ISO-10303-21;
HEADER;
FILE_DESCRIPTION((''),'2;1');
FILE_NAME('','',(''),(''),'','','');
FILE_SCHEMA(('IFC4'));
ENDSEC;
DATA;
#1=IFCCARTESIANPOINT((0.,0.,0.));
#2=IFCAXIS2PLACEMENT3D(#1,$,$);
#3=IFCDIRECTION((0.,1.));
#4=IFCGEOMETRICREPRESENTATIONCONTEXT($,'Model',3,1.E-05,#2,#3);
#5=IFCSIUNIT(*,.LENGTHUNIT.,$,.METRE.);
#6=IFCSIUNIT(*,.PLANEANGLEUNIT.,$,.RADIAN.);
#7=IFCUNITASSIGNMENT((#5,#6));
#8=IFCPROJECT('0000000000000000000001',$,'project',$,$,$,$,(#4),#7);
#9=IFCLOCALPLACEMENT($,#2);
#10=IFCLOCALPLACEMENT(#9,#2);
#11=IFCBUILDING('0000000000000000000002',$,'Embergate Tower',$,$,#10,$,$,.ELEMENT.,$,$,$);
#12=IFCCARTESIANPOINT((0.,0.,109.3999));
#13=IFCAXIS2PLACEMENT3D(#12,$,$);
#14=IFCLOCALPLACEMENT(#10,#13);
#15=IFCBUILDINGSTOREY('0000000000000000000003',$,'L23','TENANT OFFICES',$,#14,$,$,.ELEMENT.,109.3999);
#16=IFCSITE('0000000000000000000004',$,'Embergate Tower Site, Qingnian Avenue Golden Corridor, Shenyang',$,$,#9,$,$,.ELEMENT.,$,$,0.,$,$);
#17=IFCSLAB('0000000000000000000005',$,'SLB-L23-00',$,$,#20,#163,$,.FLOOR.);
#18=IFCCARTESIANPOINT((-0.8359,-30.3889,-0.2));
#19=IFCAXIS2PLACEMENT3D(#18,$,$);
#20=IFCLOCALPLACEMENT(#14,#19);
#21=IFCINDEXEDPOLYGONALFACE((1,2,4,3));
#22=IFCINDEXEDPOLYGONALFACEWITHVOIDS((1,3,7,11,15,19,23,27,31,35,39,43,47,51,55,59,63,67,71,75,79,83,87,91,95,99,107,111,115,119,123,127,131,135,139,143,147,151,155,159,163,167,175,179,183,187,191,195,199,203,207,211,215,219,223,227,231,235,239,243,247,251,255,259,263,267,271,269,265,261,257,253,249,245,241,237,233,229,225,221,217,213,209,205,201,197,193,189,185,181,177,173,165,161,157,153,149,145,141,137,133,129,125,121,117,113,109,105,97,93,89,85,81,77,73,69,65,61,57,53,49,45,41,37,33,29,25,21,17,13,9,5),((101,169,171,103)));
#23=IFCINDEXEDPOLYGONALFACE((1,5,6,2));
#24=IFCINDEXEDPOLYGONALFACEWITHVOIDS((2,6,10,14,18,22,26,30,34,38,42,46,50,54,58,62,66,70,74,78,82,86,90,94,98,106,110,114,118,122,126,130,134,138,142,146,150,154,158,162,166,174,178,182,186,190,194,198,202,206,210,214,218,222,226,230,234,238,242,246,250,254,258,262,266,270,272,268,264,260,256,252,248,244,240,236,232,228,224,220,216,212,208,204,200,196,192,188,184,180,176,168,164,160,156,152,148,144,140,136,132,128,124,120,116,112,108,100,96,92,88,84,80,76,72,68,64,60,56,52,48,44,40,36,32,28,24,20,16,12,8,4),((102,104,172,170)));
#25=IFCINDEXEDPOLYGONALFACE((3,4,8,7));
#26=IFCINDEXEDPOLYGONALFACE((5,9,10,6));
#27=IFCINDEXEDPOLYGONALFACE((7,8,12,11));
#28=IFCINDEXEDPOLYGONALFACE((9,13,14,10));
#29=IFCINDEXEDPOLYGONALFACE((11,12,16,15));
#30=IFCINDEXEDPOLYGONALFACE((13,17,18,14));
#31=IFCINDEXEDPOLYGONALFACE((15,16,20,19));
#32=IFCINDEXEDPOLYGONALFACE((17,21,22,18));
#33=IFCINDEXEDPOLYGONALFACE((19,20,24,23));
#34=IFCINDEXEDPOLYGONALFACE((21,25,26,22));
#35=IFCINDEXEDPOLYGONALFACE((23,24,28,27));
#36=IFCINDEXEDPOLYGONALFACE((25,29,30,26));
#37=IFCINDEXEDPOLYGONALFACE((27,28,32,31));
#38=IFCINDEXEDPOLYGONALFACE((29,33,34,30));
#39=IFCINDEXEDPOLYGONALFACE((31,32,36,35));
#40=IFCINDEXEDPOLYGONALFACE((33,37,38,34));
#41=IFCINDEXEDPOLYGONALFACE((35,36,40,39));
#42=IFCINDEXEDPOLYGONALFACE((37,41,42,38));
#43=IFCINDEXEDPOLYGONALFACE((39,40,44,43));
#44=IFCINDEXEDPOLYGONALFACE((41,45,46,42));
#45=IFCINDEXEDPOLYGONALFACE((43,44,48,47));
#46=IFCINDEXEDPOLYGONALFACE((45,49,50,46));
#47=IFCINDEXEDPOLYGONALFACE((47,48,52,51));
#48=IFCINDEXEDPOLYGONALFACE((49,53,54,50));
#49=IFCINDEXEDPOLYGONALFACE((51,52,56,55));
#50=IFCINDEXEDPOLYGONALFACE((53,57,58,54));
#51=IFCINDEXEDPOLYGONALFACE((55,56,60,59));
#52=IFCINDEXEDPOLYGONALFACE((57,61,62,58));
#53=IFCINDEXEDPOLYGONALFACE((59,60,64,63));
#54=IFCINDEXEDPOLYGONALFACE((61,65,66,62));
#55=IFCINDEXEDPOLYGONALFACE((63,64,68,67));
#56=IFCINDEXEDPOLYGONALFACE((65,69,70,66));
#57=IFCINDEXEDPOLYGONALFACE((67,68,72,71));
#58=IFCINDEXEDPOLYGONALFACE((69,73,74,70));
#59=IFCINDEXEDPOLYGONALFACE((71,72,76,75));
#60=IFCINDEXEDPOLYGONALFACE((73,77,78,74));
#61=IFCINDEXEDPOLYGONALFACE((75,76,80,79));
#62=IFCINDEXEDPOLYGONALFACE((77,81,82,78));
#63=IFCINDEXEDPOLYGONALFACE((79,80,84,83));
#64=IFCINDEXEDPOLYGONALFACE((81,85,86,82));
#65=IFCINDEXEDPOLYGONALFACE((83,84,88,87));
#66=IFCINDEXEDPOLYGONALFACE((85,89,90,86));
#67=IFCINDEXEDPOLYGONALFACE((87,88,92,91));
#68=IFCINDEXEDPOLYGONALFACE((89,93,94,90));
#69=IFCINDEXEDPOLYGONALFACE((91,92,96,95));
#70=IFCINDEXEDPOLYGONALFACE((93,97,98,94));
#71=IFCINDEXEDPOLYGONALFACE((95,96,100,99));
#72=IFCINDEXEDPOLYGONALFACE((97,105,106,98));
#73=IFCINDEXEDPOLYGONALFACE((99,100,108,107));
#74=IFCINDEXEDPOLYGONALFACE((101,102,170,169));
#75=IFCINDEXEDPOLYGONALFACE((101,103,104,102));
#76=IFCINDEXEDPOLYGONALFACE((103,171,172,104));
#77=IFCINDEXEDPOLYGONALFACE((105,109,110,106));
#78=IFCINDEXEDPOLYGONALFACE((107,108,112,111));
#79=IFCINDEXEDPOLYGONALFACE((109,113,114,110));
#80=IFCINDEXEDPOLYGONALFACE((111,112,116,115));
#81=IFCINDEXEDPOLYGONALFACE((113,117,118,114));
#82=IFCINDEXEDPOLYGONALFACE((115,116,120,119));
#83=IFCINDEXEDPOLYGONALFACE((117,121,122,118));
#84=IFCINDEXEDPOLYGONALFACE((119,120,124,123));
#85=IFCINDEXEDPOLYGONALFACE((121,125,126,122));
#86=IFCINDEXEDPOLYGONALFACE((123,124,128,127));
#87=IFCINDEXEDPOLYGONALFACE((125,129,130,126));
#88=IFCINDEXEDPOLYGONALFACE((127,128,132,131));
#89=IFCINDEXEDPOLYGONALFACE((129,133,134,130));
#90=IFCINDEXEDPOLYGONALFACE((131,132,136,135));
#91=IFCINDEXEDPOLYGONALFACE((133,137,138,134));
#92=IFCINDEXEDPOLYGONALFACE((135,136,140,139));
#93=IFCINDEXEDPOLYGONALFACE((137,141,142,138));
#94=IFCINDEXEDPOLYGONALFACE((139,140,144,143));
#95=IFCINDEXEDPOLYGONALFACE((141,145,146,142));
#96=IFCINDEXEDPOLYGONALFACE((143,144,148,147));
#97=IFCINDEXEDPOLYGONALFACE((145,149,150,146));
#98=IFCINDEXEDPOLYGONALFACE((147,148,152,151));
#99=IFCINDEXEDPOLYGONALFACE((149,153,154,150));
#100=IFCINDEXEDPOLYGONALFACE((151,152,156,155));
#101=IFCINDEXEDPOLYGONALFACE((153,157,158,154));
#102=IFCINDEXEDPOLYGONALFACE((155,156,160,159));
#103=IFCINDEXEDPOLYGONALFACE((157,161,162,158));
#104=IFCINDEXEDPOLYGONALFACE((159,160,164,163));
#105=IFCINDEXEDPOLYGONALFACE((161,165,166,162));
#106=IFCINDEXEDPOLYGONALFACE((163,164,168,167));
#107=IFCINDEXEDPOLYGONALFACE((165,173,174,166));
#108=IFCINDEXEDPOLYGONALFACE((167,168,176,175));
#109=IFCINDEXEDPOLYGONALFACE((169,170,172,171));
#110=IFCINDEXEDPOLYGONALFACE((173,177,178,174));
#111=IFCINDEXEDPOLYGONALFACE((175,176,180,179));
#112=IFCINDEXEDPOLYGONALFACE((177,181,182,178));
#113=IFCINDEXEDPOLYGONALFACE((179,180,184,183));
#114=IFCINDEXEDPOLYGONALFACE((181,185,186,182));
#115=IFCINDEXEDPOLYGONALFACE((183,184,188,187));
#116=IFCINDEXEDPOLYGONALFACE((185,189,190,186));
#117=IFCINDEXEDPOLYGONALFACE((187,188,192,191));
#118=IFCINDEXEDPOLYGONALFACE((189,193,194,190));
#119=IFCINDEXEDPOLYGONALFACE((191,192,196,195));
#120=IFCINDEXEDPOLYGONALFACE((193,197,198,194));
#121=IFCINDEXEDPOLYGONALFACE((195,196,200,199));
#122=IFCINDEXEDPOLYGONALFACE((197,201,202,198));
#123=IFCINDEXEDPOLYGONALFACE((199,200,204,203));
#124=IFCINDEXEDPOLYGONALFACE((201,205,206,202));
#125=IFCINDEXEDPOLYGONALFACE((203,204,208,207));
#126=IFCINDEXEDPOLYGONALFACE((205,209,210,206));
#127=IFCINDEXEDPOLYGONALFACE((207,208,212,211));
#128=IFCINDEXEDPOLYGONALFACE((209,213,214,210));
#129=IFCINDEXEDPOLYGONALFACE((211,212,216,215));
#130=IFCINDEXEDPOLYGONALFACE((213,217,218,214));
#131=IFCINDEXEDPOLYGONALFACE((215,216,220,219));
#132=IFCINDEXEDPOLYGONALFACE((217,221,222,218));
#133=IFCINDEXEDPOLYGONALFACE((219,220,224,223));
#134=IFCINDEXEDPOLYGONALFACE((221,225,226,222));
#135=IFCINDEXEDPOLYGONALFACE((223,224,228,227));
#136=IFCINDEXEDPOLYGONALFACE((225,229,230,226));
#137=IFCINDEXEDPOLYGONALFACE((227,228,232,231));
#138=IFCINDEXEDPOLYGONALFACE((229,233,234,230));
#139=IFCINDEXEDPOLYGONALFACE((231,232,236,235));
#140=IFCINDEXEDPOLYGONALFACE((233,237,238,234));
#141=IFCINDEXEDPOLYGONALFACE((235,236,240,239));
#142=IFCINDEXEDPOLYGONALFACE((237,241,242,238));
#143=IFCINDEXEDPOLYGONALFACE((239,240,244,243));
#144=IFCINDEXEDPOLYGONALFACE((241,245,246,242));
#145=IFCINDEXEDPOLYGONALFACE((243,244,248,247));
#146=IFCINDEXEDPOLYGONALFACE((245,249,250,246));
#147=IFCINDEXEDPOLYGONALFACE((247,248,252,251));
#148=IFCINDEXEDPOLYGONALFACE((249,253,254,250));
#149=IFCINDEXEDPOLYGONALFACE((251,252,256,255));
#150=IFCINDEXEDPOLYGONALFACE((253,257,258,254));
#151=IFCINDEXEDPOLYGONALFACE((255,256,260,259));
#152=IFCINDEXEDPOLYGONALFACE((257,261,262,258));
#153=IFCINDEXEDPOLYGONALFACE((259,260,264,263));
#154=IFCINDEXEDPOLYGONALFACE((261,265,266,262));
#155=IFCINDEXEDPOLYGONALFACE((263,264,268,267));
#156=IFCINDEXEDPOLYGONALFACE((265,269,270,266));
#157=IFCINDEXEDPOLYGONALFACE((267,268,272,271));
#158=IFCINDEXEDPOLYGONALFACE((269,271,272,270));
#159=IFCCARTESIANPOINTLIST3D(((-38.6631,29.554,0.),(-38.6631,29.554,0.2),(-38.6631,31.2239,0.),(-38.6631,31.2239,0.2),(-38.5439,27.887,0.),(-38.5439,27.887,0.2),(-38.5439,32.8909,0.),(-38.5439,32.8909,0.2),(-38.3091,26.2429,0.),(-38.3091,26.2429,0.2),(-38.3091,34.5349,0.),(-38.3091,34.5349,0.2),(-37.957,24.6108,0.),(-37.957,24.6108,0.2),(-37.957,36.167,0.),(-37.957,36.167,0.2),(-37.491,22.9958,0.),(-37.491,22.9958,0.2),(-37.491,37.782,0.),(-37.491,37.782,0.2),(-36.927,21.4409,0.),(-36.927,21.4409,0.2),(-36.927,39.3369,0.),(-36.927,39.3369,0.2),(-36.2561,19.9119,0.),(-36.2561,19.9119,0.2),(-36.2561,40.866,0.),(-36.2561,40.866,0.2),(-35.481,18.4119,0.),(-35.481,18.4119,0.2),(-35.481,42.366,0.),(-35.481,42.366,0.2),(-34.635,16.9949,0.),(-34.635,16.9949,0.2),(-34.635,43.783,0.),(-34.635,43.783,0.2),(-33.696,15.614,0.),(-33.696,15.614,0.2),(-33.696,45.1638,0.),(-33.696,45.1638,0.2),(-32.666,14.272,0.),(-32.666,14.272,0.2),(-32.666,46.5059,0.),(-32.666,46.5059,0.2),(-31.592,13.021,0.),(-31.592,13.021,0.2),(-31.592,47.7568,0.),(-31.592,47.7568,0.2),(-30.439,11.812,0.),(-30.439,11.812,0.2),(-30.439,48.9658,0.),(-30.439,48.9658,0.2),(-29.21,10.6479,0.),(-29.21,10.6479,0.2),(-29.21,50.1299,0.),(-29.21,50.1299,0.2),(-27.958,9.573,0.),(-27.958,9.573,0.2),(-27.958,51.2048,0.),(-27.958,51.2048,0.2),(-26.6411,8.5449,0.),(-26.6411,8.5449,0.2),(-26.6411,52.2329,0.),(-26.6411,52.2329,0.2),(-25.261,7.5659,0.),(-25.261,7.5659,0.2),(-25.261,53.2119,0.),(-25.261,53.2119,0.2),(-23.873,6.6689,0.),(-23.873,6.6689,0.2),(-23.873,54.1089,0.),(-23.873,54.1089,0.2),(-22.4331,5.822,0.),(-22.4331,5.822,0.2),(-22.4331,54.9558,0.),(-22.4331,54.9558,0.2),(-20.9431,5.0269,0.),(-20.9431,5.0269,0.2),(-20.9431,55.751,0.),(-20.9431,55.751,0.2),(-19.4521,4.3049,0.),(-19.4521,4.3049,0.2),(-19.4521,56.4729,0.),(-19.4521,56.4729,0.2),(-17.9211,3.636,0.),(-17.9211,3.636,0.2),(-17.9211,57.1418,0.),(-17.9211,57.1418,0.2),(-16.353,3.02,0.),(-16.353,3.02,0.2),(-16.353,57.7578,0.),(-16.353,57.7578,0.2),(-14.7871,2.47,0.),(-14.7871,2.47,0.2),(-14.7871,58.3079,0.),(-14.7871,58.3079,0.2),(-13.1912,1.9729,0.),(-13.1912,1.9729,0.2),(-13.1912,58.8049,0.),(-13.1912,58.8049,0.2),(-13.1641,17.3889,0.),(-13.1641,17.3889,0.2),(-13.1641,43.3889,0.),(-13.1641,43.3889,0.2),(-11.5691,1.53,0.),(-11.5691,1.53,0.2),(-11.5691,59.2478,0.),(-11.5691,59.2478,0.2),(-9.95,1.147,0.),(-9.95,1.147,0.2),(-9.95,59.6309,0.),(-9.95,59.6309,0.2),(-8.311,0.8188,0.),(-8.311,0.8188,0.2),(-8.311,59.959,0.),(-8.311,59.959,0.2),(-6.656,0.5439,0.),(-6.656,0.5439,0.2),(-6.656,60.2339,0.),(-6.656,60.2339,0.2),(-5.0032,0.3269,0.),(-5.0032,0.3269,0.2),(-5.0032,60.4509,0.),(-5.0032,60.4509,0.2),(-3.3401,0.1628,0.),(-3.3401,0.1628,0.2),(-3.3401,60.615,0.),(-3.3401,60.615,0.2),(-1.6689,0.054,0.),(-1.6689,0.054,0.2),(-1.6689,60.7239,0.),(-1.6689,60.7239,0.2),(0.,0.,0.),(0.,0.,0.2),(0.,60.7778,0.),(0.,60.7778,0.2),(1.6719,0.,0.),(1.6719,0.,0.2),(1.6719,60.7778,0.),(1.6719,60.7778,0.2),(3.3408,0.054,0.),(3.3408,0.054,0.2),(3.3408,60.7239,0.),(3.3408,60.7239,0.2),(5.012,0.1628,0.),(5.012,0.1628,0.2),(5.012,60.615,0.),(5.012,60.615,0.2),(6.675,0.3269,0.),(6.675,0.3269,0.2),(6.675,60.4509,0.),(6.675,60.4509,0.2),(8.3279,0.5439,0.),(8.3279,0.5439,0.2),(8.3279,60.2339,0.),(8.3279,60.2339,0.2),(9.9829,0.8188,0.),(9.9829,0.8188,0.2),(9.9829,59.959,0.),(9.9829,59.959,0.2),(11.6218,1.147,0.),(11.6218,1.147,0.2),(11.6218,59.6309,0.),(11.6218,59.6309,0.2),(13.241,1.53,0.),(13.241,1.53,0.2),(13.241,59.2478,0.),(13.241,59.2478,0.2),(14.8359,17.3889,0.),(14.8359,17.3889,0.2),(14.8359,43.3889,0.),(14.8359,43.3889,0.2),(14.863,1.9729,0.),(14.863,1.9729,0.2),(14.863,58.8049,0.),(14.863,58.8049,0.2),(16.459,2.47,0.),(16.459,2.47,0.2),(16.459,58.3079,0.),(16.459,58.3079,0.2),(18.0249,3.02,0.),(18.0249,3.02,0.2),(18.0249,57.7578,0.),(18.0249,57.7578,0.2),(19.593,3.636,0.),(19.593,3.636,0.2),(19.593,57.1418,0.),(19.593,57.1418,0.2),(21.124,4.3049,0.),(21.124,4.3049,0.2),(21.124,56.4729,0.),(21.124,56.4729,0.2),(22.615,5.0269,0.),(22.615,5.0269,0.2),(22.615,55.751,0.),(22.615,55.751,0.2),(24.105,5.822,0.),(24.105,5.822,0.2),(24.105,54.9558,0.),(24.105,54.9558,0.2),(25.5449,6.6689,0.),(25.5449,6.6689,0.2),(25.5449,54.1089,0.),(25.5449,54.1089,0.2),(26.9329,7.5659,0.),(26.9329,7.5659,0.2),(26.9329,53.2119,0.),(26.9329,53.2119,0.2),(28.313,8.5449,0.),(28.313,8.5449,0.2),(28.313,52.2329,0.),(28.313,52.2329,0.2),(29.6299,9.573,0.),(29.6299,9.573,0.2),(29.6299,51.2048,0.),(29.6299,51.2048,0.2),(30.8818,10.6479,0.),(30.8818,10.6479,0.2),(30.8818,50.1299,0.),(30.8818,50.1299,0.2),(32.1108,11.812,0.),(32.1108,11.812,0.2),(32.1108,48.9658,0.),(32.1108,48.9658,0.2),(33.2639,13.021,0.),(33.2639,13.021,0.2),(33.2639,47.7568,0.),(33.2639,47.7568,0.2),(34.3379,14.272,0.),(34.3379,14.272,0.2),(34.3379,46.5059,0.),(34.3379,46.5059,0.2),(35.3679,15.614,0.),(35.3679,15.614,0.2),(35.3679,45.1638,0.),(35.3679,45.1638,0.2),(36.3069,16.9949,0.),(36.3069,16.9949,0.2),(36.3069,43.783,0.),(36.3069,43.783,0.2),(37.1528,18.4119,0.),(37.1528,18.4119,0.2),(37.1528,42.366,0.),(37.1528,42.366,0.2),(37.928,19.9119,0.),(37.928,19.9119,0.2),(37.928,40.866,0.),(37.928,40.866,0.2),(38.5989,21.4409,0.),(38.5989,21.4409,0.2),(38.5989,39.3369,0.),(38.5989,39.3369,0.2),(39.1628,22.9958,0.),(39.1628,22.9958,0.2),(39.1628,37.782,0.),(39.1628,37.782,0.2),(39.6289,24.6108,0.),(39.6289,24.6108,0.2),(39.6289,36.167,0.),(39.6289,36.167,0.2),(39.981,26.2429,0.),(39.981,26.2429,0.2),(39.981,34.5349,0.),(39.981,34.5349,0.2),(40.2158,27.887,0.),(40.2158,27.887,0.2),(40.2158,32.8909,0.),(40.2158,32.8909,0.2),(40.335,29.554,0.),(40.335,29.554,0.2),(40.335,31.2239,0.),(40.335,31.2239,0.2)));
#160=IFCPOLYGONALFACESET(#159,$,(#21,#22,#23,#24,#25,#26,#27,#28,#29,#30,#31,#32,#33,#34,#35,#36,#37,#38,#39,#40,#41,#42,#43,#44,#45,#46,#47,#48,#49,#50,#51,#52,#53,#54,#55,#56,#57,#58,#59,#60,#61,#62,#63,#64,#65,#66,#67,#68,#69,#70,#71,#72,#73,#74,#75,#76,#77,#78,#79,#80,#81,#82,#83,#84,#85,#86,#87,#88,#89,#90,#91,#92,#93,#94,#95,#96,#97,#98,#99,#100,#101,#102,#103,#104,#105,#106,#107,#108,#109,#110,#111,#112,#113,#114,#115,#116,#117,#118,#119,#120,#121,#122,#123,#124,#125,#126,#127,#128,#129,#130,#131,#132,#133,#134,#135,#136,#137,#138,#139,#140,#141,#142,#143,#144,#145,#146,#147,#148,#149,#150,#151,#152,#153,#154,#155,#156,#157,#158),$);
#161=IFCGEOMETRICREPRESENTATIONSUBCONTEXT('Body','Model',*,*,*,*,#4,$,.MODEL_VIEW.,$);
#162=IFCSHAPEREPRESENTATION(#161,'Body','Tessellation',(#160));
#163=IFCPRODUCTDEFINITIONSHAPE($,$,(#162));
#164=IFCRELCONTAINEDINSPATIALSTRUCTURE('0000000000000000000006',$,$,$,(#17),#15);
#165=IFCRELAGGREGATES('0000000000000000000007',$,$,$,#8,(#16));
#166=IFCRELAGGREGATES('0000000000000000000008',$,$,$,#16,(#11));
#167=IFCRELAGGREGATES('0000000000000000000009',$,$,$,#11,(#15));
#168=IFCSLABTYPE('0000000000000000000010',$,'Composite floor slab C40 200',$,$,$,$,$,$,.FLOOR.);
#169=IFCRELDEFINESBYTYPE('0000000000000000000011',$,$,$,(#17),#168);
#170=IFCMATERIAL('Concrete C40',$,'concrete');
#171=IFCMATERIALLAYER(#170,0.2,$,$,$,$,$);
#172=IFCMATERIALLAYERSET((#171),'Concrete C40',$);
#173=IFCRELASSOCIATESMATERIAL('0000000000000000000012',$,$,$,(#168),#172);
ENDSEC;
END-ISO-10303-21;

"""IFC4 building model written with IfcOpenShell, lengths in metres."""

from ifc_helpers import new_model, si_unit, direction, frame, origin, place, context, subcontext, project, spatial, polyline, outline, extrude, source, transform, mapped, material, layer, layer_set, type_object, element, save


model = new_model("IFC4")

# Units and contexts
model_context = context("Model", 3, precision=1e-05, world=origin(), true_north=direction((0.0, 1.0)))
body_context = subcontext(model_context, "Body", "Model", "MODEL_VIEW")
ifc_project = project(units=[si_unit("LENGTHUNIT", "METRE"), si_unit("PLANEANGLEUNIT", "RADIAN")], contexts=[model_context])

# Site, building, storey
site_placement = place(None, origin())
site = spatial("IfcSite", under=ifc_project, at=site_placement, Name="Embergate Tower Site, Qingnian Avenue Golden Corridor, Shenyang", CompositionType="ELEMENT", RefElevation=0.0)
building_placement = place(site_placement, origin())
building = spatial("IfcBuilding", under=site, at=building_placement, Name="Embergate Tower", CompositionType="ELEMENT")
storey_placement = place(building_placement, frame((0.0, 0.0, 109.3999)))
storey = spatial("IfcBuildingStorey", under=building, at=storey_placement, Name="L23", Description="TENANT OFFICES", CompositionType="ELEMENT", Elevation=109.3999)

# Slab
ifc_material_1 = material(Name="Concrete C40", Category="concrete")
ifc_layer_1 = layer(ifc_material_1, 0.2)
ifc_layer_set_1 = layer_set([ifc_layer_1], Name="Concrete C40")
slab_type = type_object("IfcSlabType", Name="Composite floor slab C40 200", PredefinedType="FLOOR", material=ifc_layer_set_1)
shared_shape_1 = source(origin(), body_context, "Body", "SweptSolid", [
    extrude(outline(polyline([(0.0, 0.0), (1.6719, 0.0), (3.3408, 0.054), (5.012, 0.1628), (6.675, 0.3269), (8.3279, 0.5439), (9.9829, 0.8188), (11.6218, 1.147), (13.241, 1.53), (14.863, 1.9729), (16.459, 2.47), (18.0249, 3.02), (19.593, 3.636), (21.124, 4.3049), (22.615, 5.0269), (24.105, 5.822), (25.5449, 6.6689), (26.9329, 7.5659), (28.313, 8.5449), (29.6299, 9.573), (30.8818, 10.6479), (32.1108, 11.812), (33.2639, 13.021), (34.3379, 14.272), (35.3679, 15.614), (36.3069, 16.9949), (37.1528, 18.4119), (37.928, 19.9119), (38.5989, 21.4409), (39.1628, 22.9958), (39.6289, 24.6108), (39.981, 26.2429), (40.2158, 27.887), (40.335, 29.554), (40.335, 31.2239), (40.2158, 32.8909), (39.981, 34.5349), (39.6289, 36.167), (39.1628, 37.782), (38.5989, 39.3369), (37.928, 40.866), (37.1528, 42.366), (36.3069, 43.783), (35.3679, 45.1638), (34.3379, 46.5059), (33.2639, 47.7568), (32.1108, 48.9658), (30.8818, 50.1299), (29.6299, 51.2048), (28.313, 52.2329), (26.9329, 53.2119), (25.5449, 54.1089), (24.105, 54.9558), (22.615, 55.751), (21.124, 56.4729), (19.593, 57.1418), (18.0249, 57.7578), (16.459, 58.3079), (14.863, 58.8049), (13.241, 59.2478), (11.6218, 59.6309), (9.9829, 59.959), (8.3279, 60.2339), (6.675, 60.4509), (5.012, 60.615), (3.3408, 60.7239), (1.6719, 60.7778), (0.0, 60.7778), (-1.6689, 60.7239), (-3.3401, 60.615), (-5.0032, 60.4509), (-6.656, 60.2339), (-8.311, 59.959), (-9.95, 59.6309), (-11.5691, 59.2478), (-13.1912, 58.8049), (-14.7871, 58.3079), (-16.353, 57.7578), (-17.9211, 57.1418), (-19.4521, 56.4729), (-20.9431, 55.751), (-22.4331, 54.9558), (-23.873, 54.1089), (-25.261, 53.2119), (-26.6411, 52.2329), (-27.958, 51.2048), (-29.21, 50.1299), (-30.439, 48.9658), (-31.592, 47.7568), (-32.666, 46.5059), (-33.696, 45.1638), (-34.635, 43.783), (-35.481, 42.366), (-36.2561, 40.866), (-36.927, 39.3369), (-37.491, 37.782), (-37.957, 36.167), (-38.3091, 34.5349), (-38.5439, 32.8909), (-38.6631, 31.2239), (-38.6631, 29.554), (-38.5439, 27.887), (-38.3091, 26.2429), (-37.957, 24.6108), (-37.491, 22.9958), (-36.927, 21.4409), (-36.2561, 19.9119), (-35.481, 18.4119), (-34.635, 16.9949), (-33.696, 15.614), (-32.666, 14.272), (-31.592, 13.021), (-30.439, 11.812), (-29.21, 10.6479), (-27.958, 9.573), (-26.6411, 8.5449), (-25.261, 7.5659), (-23.873, 6.6689), (-22.4331, 5.822), (-20.9431, 5.0269), (-19.4521, 4.3049), (-17.9211, 3.636), (-16.353, 3.02), (-14.7871, 2.47), (-13.1912, 1.9729), (-11.5691, 1.53), (-9.95, 1.147), (-8.311, 0.8188), (-6.656, 0.5439), (-5.0032, 0.3269), (-3.3401, 0.1628), (-1.6689, 0.054), (0.0, 0.0)]), holes=[polyline([(-13.1641, 17.3889), (-13.1641, 43.3889), (14.8359, 43.3889), (14.8359, 17.3889), (-13.1641, 17.3889)])]), origin(), (0.0, 0.0, 1.0), 0.2),
])
slab_placement = place(storey_placement, frame((-0.8359, -30.3889, -0.2)))
element("IfcSlab", 1, at=slab_placement, inside=storey, type_object=slab_type, Name="SLB-L23-00", PredefinedType="FLOOR", context=body_context, shape_type="MappedRepresentation", body=[
    mapped(shared_shape_1, transform((0.0, 0.0, 0.0))),
])

save(model, "model.ifc")
